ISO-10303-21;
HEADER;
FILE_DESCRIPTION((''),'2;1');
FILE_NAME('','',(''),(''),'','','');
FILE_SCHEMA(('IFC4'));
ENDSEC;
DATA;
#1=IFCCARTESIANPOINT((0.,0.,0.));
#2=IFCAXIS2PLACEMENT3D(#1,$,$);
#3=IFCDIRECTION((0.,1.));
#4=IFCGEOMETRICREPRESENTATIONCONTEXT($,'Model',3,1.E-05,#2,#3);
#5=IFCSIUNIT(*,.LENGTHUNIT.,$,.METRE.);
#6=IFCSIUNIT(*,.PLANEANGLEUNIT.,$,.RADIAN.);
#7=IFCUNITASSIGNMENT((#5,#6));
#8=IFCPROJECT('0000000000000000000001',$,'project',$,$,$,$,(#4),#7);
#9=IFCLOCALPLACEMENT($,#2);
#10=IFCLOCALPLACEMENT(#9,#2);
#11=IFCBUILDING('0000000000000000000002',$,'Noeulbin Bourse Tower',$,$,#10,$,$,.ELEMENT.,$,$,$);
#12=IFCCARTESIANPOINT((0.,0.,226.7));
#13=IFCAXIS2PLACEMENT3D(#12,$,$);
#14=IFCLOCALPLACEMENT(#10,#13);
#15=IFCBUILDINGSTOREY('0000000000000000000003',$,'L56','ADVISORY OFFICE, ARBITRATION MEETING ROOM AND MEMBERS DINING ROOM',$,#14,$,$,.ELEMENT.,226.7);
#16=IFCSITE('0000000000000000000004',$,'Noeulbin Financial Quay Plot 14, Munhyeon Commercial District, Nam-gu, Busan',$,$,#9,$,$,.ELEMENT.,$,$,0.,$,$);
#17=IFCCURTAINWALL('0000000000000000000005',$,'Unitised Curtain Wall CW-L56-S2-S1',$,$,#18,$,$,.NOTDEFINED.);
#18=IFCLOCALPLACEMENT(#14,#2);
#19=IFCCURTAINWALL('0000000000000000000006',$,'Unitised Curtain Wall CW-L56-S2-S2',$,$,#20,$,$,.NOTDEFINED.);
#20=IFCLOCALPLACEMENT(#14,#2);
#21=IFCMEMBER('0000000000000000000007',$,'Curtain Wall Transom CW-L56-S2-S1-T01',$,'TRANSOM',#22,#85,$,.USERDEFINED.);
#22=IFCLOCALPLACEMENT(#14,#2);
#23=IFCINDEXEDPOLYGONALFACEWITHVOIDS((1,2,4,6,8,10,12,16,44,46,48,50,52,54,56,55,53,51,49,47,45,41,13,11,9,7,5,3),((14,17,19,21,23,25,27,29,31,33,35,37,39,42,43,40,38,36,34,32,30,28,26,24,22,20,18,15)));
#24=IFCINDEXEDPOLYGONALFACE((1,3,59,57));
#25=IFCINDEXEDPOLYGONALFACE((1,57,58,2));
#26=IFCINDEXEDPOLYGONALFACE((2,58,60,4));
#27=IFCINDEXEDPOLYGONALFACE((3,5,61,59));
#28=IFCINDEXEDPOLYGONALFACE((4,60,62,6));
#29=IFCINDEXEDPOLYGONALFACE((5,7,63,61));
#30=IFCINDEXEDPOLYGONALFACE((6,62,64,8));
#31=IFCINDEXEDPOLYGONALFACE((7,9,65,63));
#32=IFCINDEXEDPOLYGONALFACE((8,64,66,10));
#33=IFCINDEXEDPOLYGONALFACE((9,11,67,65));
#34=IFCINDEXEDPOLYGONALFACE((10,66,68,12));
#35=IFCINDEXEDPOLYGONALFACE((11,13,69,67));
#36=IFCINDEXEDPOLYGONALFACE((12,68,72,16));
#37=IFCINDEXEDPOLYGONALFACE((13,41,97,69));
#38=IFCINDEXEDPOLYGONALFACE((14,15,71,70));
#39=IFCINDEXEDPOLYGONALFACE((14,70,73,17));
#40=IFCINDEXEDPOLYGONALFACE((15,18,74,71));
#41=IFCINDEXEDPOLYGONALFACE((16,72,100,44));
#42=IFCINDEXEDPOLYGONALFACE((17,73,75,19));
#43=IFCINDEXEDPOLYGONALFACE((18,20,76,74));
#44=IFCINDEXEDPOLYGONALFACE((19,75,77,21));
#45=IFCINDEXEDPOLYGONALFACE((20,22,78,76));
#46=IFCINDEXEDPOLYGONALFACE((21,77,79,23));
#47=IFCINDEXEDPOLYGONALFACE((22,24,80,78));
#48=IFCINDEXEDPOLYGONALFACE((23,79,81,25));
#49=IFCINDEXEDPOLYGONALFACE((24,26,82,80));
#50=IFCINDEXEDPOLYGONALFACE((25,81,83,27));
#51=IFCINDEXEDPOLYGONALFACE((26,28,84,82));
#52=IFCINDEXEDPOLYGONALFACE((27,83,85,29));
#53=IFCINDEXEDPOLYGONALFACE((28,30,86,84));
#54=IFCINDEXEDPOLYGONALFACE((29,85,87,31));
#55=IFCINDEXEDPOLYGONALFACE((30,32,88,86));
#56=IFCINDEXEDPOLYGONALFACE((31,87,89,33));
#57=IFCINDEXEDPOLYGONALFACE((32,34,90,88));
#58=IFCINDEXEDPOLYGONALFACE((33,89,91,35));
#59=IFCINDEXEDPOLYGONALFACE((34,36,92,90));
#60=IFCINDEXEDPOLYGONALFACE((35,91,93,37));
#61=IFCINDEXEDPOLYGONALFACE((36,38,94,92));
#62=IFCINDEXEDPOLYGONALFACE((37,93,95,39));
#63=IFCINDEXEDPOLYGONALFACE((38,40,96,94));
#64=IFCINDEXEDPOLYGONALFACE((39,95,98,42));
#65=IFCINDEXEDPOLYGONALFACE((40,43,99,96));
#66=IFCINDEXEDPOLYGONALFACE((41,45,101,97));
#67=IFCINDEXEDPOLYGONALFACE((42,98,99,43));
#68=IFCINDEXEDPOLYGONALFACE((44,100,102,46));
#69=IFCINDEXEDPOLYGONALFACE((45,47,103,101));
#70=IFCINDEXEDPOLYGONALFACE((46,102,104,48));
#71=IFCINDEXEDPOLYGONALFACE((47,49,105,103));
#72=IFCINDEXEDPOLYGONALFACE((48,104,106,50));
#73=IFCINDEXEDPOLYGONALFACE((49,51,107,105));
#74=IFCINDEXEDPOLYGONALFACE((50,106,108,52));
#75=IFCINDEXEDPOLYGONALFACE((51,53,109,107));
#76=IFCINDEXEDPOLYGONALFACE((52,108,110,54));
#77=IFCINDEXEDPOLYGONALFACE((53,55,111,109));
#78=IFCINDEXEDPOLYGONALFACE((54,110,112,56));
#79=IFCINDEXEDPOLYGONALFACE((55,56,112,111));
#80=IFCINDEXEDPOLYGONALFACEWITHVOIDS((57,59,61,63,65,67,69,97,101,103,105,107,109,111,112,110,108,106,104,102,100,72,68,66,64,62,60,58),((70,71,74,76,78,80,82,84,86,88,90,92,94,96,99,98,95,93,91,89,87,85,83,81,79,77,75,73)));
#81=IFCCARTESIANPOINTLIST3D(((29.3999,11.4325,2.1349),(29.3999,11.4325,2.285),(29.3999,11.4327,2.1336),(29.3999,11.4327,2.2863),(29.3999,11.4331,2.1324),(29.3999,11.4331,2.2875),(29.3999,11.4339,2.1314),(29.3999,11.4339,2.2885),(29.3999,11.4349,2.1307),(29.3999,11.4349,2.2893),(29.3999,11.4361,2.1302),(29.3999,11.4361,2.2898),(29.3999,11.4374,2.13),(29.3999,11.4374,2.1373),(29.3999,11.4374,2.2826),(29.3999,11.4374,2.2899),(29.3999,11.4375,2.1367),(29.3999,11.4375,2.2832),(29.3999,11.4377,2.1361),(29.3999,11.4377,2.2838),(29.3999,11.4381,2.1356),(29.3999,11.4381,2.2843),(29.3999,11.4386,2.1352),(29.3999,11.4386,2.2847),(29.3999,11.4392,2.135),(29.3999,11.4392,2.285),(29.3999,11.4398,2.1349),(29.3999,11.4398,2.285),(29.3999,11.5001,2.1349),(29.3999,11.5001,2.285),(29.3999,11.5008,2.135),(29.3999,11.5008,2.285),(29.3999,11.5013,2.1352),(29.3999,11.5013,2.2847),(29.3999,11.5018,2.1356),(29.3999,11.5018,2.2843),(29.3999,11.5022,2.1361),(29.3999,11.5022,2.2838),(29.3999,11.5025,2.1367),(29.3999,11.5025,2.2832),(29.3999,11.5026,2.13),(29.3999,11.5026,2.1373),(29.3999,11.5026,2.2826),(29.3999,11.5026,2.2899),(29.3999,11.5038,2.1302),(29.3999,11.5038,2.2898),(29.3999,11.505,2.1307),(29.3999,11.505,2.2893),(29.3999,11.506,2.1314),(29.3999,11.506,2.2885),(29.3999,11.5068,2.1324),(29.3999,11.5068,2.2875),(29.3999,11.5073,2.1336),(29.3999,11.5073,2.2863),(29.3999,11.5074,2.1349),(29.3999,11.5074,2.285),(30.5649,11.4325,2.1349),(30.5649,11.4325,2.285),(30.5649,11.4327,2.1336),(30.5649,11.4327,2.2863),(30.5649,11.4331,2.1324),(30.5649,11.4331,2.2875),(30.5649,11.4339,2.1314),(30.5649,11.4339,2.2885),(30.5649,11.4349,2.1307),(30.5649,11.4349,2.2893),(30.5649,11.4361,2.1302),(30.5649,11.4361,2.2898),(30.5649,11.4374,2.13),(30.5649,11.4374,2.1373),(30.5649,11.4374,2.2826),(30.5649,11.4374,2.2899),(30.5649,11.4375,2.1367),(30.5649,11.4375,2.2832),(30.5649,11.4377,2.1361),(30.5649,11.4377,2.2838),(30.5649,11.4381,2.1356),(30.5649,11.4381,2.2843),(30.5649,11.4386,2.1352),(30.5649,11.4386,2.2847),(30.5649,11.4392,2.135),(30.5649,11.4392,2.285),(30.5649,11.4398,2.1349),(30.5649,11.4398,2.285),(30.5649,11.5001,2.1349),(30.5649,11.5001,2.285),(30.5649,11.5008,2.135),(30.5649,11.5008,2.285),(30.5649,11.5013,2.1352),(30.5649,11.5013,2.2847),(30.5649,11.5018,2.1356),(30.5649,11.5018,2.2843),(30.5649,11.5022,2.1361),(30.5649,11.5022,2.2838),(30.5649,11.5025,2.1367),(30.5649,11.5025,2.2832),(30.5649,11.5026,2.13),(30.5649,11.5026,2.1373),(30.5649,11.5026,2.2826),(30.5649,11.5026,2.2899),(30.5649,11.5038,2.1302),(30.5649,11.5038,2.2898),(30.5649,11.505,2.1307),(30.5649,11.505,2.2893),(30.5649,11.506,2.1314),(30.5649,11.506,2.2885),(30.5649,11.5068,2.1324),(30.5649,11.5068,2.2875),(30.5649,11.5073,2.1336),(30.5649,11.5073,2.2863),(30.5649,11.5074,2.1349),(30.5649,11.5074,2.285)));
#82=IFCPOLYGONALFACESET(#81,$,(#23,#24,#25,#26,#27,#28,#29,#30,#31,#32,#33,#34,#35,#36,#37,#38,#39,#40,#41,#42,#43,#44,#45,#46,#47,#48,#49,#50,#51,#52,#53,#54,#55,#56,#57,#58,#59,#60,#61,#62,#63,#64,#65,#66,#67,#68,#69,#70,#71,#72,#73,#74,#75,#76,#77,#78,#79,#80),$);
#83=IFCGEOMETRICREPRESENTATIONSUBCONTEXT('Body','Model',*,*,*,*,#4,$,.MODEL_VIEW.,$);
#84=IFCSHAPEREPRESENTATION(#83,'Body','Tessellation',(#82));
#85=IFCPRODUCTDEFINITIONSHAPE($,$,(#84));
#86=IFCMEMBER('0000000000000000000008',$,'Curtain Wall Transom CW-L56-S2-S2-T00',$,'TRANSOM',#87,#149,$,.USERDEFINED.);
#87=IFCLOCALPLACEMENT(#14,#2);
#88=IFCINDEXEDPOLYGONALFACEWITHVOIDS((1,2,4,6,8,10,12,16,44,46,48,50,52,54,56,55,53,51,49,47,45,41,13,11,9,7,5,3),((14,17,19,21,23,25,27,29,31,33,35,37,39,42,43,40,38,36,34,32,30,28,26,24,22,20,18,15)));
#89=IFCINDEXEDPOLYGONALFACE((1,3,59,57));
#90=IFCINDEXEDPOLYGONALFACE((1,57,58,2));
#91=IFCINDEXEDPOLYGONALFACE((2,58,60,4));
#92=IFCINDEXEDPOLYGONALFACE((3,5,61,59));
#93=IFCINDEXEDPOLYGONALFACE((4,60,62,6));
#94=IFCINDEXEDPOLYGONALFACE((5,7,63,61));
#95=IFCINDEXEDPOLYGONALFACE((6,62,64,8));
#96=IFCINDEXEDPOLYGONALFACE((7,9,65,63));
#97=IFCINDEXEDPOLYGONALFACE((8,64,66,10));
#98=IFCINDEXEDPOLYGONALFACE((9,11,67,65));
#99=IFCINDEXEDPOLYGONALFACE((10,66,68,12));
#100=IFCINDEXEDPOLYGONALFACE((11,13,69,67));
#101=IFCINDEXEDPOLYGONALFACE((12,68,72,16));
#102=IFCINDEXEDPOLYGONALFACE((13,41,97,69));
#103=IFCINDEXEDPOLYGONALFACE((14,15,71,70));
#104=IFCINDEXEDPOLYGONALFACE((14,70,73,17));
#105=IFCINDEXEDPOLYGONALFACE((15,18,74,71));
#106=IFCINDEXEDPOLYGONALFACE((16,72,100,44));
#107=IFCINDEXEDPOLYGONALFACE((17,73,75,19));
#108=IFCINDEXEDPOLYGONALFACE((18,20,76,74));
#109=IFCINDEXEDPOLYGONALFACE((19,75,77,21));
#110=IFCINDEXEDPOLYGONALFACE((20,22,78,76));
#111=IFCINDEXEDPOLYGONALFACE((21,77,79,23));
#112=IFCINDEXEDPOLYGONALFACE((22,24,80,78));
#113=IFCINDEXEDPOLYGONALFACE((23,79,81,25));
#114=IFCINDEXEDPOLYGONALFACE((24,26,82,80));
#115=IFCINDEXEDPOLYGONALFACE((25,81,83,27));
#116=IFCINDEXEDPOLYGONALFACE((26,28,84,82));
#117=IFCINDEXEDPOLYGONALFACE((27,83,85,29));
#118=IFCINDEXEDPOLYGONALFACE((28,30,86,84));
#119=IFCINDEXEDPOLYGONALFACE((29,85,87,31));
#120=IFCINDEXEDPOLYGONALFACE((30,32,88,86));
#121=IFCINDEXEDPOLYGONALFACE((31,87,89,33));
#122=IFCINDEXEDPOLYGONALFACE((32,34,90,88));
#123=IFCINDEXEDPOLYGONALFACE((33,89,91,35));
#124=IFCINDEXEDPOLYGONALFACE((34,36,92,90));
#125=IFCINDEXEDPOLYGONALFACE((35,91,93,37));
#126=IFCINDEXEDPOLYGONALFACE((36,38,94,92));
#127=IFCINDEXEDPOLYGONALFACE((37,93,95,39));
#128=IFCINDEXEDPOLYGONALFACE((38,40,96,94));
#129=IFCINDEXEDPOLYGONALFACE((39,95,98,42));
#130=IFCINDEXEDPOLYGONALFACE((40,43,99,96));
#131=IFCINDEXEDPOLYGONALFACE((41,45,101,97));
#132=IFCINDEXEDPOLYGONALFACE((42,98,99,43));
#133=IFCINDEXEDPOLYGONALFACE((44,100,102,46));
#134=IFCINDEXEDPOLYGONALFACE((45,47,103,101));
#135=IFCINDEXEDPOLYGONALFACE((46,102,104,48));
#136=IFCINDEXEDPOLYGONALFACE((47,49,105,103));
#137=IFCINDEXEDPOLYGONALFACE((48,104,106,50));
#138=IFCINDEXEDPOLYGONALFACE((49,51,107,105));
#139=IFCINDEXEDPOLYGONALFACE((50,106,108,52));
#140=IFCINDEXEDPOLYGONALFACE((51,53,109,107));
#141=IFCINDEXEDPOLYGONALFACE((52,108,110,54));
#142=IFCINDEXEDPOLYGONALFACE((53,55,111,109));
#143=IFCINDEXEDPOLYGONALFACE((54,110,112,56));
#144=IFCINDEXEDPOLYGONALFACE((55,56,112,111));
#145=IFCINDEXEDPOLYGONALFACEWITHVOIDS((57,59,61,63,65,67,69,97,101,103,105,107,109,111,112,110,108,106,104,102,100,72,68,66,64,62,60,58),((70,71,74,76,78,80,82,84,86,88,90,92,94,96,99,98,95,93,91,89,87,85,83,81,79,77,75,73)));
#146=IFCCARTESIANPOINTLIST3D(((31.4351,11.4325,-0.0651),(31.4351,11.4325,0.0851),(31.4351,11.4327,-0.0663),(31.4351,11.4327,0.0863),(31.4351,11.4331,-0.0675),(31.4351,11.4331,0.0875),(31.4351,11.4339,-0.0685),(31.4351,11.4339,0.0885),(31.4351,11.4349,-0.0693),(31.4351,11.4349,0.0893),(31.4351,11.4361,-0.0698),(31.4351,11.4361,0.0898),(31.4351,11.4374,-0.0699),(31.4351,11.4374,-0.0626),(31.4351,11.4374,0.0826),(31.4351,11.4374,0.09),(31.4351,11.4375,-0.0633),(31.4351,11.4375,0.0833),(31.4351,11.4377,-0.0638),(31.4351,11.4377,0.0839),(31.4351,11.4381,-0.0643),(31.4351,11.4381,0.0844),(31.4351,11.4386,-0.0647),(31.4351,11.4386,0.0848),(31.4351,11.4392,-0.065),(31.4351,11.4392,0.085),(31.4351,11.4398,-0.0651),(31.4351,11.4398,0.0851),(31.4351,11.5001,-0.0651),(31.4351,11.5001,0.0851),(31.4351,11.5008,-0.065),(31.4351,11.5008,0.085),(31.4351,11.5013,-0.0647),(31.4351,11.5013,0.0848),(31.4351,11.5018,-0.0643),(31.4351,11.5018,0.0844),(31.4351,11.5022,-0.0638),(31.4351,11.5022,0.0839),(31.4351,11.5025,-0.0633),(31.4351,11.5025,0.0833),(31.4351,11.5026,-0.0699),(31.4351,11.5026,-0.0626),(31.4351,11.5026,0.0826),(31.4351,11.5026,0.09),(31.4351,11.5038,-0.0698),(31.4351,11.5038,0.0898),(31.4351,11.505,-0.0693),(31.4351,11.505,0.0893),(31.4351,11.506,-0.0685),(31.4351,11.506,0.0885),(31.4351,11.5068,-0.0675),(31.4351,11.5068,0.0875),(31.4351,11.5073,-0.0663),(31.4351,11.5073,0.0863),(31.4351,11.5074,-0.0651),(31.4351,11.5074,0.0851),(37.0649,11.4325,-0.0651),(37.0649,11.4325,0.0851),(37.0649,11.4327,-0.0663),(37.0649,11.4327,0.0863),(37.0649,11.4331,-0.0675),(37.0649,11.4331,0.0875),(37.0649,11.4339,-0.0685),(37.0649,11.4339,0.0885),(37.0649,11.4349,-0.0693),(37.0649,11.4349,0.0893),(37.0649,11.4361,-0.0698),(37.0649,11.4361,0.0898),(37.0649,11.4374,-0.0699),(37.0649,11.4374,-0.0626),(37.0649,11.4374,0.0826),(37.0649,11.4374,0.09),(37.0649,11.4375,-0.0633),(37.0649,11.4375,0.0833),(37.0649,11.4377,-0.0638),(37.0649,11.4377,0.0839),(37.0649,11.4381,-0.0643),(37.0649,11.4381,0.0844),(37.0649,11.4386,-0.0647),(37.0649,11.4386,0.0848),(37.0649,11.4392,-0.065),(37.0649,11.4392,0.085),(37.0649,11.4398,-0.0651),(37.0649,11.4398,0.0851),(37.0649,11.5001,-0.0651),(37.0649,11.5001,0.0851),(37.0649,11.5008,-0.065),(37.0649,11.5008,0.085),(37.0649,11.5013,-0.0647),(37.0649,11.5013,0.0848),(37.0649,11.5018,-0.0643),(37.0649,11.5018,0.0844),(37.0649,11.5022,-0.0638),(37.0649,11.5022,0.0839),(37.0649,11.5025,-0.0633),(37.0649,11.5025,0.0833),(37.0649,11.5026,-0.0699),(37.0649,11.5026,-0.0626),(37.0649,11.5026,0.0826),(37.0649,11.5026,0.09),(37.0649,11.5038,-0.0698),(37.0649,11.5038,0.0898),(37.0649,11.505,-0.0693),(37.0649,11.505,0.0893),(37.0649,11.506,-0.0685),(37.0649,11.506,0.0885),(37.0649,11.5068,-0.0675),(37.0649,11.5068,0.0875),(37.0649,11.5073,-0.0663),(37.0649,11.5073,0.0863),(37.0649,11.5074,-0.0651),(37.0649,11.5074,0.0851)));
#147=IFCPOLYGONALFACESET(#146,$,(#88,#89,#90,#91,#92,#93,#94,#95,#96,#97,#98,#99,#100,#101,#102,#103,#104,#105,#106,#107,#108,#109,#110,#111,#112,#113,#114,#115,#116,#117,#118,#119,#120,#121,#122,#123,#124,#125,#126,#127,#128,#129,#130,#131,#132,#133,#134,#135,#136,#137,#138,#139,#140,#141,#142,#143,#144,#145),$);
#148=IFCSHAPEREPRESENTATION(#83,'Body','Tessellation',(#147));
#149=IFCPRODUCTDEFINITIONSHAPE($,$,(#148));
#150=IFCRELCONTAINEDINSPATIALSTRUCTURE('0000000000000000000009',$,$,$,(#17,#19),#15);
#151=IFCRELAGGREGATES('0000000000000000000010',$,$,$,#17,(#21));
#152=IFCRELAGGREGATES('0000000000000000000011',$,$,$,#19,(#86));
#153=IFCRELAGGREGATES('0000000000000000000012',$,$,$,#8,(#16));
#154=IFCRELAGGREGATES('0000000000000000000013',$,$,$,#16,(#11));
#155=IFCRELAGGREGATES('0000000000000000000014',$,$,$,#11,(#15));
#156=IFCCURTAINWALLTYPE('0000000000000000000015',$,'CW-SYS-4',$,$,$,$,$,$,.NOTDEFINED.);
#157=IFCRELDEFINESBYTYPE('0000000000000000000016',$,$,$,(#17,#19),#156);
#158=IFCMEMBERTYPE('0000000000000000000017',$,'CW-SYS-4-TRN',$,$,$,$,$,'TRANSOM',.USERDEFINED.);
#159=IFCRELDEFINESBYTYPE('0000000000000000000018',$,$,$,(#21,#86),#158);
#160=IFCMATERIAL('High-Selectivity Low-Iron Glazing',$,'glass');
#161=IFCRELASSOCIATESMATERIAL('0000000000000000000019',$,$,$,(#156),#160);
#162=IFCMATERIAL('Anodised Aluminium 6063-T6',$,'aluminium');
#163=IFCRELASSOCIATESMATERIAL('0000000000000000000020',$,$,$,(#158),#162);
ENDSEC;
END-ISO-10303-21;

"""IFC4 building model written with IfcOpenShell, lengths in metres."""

from ifc_helpers import new_model, si_unit, direction, frame, origin, origin_2d, place, context, subcontext, project, spatial, hollow_rectangle, extrude, material, material_profile, profile_set, type_object, element, aggregate, save


model = new_model("IFC4")

# Units and contexts
model_context = context("Model", 3, precision=1e-05, world=origin(), true_north=direction((0.0, 1.0)))
body_context = subcontext(model_context, "Body", "Model", "MODEL_VIEW")
ifc_project = project(units=[si_unit("LENGTHUNIT", "METRE"), si_unit("PLANEANGLEUNIT", "RADIAN")], contexts=[model_context])

# Site, building, storey
site_placement = place(None, origin())
site = spatial("IfcSite", under=ifc_project, at=site_placement, Name="Noeulbin Financial Quay Plot 14, Munhyeon Commercial District, Nam-gu, Busan", CompositionType="ELEMENT", RefElevation=0.0)
building_placement = place(site_placement, origin())
building = spatial("IfcBuilding", under=site, at=building_placement, Name="Noeulbin Bourse Tower", CompositionType="ELEMENT")
storey_placement = place(building_placement, frame((0.0, 0.0, 226.7)))
storey = spatial("IfcBuildingStorey", under=building, at=storey_placement, Name="L56", Description="ADVISORY OFFICE, ARBITRATION MEETING ROOM AND MEMBERS DINING ROOM", CompositionType="ELEMENT", Elevation=226.7)

# Curtain wall
ifc_material_1 = material(Name="High-Selectivity Low-Iron Glazing", Category="glass")
curtain_wall_type = type_object("IfcCurtainWallType", Name="CW-SYS-4", PredefinedType="NOTDEFINED", material=ifc_material_1)
curtain_wall_1_placement = place(storey_placement, origin())
curtain_wall_1 = element("IfcCurtainWall", 1, at=curtain_wall_1_placement, inside=storey, type_object=curtain_wall_type, Name="Unitised Curtain Wall CW-L56-S2-S1", PredefinedType="NOTDEFINED")
ifc_material_2 = material(Name="Anodised Aluminium 6063-T6", Category="aluminium")

# Curtain wall
curtain_wall_2_placement = place(storey_placement, origin())
curtain_wall_2 = element("IfcCurtainWall", 2, at=curtain_wall_2_placement, inside=storey, type_object=curtain_wall_type, Name="Unitised Curtain Wall CW-L56-S2-S2", PredefinedType="NOTDEFINED")

# Members
ifc_material_profile_1 = material_profile(ifc_material_2, hollow_rectangle(XDim=0.075, YDim=0.1599, WallThickness=0.0049, InnerFilletRadius=0.0024, OuterFilletRadius=0.0049, at=origin_2d()), Name="ALU-TRAN-75x160x5", Category="LoadBearing")
ifc_profile_set_1 = profile_set([ifc_material_profile_1], Name="Anodised Aluminium 6063-T6")
member_type_1 = type_object("IfcMemberType", Name="CW-SYS-4-TRN", ElementType="TRANSOM", PredefinedType="USERDEFINED", material=ifc_profile_set_1)
member_1_placement = place(storey_placement, frame((29.3999, 11.47, 2.21), z_axis=(1.0, 0.0, 0.0), x_axis=(0.0, 1.0, 0.0)))
member_1 = element("IfcMember", 3, at=member_1_placement, type_object=member_type_1, Name="Curtain Wall Transom CW-L56-S2-S1-T01", ObjectType="TRANSOM", PredefinedType="USERDEFINED", context=body_context, shape_type="SweptSolid", body=[
    extrude(hollow_rectangle(XDim=0.075, YDim=0.1599, WallThickness=0.0049, InnerFilletRadius=0.0024, OuterFilletRadius=0.0049, at=origin_2d()), origin(), (0.0, 0.0, 1.0), 1.165),
])
member_2_placement = place(storey_placement, frame((31.4351, 11.47, 0.01), z_axis=(1.0, 0.0, 0.0), x_axis=(0.0, 1.0, 0.0)))
member_2 = element("IfcMember", 4, at=member_2_placement, type_object=member_type_1, Name="Curtain Wall Transom CW-L56-S2-S2-T00", ObjectType="TRANSOM", PredefinedType="USERDEFINED", context=body_context, shape_type="SweptSolid", body=[
    extrude(hollow_rectangle(XDim=0.075, YDim=0.1599, WallThickness=0.0049, InnerFilletRadius=0.0024, OuterFilletRadius=0.0049, at=origin_2d()), origin(), (0.0, 0.0, 1.0), 5.6299),
])

aggregate(curtain_wall_1, [member_1])
aggregate(curtain_wall_2, [member_2])

save(model, "model.ifc")
